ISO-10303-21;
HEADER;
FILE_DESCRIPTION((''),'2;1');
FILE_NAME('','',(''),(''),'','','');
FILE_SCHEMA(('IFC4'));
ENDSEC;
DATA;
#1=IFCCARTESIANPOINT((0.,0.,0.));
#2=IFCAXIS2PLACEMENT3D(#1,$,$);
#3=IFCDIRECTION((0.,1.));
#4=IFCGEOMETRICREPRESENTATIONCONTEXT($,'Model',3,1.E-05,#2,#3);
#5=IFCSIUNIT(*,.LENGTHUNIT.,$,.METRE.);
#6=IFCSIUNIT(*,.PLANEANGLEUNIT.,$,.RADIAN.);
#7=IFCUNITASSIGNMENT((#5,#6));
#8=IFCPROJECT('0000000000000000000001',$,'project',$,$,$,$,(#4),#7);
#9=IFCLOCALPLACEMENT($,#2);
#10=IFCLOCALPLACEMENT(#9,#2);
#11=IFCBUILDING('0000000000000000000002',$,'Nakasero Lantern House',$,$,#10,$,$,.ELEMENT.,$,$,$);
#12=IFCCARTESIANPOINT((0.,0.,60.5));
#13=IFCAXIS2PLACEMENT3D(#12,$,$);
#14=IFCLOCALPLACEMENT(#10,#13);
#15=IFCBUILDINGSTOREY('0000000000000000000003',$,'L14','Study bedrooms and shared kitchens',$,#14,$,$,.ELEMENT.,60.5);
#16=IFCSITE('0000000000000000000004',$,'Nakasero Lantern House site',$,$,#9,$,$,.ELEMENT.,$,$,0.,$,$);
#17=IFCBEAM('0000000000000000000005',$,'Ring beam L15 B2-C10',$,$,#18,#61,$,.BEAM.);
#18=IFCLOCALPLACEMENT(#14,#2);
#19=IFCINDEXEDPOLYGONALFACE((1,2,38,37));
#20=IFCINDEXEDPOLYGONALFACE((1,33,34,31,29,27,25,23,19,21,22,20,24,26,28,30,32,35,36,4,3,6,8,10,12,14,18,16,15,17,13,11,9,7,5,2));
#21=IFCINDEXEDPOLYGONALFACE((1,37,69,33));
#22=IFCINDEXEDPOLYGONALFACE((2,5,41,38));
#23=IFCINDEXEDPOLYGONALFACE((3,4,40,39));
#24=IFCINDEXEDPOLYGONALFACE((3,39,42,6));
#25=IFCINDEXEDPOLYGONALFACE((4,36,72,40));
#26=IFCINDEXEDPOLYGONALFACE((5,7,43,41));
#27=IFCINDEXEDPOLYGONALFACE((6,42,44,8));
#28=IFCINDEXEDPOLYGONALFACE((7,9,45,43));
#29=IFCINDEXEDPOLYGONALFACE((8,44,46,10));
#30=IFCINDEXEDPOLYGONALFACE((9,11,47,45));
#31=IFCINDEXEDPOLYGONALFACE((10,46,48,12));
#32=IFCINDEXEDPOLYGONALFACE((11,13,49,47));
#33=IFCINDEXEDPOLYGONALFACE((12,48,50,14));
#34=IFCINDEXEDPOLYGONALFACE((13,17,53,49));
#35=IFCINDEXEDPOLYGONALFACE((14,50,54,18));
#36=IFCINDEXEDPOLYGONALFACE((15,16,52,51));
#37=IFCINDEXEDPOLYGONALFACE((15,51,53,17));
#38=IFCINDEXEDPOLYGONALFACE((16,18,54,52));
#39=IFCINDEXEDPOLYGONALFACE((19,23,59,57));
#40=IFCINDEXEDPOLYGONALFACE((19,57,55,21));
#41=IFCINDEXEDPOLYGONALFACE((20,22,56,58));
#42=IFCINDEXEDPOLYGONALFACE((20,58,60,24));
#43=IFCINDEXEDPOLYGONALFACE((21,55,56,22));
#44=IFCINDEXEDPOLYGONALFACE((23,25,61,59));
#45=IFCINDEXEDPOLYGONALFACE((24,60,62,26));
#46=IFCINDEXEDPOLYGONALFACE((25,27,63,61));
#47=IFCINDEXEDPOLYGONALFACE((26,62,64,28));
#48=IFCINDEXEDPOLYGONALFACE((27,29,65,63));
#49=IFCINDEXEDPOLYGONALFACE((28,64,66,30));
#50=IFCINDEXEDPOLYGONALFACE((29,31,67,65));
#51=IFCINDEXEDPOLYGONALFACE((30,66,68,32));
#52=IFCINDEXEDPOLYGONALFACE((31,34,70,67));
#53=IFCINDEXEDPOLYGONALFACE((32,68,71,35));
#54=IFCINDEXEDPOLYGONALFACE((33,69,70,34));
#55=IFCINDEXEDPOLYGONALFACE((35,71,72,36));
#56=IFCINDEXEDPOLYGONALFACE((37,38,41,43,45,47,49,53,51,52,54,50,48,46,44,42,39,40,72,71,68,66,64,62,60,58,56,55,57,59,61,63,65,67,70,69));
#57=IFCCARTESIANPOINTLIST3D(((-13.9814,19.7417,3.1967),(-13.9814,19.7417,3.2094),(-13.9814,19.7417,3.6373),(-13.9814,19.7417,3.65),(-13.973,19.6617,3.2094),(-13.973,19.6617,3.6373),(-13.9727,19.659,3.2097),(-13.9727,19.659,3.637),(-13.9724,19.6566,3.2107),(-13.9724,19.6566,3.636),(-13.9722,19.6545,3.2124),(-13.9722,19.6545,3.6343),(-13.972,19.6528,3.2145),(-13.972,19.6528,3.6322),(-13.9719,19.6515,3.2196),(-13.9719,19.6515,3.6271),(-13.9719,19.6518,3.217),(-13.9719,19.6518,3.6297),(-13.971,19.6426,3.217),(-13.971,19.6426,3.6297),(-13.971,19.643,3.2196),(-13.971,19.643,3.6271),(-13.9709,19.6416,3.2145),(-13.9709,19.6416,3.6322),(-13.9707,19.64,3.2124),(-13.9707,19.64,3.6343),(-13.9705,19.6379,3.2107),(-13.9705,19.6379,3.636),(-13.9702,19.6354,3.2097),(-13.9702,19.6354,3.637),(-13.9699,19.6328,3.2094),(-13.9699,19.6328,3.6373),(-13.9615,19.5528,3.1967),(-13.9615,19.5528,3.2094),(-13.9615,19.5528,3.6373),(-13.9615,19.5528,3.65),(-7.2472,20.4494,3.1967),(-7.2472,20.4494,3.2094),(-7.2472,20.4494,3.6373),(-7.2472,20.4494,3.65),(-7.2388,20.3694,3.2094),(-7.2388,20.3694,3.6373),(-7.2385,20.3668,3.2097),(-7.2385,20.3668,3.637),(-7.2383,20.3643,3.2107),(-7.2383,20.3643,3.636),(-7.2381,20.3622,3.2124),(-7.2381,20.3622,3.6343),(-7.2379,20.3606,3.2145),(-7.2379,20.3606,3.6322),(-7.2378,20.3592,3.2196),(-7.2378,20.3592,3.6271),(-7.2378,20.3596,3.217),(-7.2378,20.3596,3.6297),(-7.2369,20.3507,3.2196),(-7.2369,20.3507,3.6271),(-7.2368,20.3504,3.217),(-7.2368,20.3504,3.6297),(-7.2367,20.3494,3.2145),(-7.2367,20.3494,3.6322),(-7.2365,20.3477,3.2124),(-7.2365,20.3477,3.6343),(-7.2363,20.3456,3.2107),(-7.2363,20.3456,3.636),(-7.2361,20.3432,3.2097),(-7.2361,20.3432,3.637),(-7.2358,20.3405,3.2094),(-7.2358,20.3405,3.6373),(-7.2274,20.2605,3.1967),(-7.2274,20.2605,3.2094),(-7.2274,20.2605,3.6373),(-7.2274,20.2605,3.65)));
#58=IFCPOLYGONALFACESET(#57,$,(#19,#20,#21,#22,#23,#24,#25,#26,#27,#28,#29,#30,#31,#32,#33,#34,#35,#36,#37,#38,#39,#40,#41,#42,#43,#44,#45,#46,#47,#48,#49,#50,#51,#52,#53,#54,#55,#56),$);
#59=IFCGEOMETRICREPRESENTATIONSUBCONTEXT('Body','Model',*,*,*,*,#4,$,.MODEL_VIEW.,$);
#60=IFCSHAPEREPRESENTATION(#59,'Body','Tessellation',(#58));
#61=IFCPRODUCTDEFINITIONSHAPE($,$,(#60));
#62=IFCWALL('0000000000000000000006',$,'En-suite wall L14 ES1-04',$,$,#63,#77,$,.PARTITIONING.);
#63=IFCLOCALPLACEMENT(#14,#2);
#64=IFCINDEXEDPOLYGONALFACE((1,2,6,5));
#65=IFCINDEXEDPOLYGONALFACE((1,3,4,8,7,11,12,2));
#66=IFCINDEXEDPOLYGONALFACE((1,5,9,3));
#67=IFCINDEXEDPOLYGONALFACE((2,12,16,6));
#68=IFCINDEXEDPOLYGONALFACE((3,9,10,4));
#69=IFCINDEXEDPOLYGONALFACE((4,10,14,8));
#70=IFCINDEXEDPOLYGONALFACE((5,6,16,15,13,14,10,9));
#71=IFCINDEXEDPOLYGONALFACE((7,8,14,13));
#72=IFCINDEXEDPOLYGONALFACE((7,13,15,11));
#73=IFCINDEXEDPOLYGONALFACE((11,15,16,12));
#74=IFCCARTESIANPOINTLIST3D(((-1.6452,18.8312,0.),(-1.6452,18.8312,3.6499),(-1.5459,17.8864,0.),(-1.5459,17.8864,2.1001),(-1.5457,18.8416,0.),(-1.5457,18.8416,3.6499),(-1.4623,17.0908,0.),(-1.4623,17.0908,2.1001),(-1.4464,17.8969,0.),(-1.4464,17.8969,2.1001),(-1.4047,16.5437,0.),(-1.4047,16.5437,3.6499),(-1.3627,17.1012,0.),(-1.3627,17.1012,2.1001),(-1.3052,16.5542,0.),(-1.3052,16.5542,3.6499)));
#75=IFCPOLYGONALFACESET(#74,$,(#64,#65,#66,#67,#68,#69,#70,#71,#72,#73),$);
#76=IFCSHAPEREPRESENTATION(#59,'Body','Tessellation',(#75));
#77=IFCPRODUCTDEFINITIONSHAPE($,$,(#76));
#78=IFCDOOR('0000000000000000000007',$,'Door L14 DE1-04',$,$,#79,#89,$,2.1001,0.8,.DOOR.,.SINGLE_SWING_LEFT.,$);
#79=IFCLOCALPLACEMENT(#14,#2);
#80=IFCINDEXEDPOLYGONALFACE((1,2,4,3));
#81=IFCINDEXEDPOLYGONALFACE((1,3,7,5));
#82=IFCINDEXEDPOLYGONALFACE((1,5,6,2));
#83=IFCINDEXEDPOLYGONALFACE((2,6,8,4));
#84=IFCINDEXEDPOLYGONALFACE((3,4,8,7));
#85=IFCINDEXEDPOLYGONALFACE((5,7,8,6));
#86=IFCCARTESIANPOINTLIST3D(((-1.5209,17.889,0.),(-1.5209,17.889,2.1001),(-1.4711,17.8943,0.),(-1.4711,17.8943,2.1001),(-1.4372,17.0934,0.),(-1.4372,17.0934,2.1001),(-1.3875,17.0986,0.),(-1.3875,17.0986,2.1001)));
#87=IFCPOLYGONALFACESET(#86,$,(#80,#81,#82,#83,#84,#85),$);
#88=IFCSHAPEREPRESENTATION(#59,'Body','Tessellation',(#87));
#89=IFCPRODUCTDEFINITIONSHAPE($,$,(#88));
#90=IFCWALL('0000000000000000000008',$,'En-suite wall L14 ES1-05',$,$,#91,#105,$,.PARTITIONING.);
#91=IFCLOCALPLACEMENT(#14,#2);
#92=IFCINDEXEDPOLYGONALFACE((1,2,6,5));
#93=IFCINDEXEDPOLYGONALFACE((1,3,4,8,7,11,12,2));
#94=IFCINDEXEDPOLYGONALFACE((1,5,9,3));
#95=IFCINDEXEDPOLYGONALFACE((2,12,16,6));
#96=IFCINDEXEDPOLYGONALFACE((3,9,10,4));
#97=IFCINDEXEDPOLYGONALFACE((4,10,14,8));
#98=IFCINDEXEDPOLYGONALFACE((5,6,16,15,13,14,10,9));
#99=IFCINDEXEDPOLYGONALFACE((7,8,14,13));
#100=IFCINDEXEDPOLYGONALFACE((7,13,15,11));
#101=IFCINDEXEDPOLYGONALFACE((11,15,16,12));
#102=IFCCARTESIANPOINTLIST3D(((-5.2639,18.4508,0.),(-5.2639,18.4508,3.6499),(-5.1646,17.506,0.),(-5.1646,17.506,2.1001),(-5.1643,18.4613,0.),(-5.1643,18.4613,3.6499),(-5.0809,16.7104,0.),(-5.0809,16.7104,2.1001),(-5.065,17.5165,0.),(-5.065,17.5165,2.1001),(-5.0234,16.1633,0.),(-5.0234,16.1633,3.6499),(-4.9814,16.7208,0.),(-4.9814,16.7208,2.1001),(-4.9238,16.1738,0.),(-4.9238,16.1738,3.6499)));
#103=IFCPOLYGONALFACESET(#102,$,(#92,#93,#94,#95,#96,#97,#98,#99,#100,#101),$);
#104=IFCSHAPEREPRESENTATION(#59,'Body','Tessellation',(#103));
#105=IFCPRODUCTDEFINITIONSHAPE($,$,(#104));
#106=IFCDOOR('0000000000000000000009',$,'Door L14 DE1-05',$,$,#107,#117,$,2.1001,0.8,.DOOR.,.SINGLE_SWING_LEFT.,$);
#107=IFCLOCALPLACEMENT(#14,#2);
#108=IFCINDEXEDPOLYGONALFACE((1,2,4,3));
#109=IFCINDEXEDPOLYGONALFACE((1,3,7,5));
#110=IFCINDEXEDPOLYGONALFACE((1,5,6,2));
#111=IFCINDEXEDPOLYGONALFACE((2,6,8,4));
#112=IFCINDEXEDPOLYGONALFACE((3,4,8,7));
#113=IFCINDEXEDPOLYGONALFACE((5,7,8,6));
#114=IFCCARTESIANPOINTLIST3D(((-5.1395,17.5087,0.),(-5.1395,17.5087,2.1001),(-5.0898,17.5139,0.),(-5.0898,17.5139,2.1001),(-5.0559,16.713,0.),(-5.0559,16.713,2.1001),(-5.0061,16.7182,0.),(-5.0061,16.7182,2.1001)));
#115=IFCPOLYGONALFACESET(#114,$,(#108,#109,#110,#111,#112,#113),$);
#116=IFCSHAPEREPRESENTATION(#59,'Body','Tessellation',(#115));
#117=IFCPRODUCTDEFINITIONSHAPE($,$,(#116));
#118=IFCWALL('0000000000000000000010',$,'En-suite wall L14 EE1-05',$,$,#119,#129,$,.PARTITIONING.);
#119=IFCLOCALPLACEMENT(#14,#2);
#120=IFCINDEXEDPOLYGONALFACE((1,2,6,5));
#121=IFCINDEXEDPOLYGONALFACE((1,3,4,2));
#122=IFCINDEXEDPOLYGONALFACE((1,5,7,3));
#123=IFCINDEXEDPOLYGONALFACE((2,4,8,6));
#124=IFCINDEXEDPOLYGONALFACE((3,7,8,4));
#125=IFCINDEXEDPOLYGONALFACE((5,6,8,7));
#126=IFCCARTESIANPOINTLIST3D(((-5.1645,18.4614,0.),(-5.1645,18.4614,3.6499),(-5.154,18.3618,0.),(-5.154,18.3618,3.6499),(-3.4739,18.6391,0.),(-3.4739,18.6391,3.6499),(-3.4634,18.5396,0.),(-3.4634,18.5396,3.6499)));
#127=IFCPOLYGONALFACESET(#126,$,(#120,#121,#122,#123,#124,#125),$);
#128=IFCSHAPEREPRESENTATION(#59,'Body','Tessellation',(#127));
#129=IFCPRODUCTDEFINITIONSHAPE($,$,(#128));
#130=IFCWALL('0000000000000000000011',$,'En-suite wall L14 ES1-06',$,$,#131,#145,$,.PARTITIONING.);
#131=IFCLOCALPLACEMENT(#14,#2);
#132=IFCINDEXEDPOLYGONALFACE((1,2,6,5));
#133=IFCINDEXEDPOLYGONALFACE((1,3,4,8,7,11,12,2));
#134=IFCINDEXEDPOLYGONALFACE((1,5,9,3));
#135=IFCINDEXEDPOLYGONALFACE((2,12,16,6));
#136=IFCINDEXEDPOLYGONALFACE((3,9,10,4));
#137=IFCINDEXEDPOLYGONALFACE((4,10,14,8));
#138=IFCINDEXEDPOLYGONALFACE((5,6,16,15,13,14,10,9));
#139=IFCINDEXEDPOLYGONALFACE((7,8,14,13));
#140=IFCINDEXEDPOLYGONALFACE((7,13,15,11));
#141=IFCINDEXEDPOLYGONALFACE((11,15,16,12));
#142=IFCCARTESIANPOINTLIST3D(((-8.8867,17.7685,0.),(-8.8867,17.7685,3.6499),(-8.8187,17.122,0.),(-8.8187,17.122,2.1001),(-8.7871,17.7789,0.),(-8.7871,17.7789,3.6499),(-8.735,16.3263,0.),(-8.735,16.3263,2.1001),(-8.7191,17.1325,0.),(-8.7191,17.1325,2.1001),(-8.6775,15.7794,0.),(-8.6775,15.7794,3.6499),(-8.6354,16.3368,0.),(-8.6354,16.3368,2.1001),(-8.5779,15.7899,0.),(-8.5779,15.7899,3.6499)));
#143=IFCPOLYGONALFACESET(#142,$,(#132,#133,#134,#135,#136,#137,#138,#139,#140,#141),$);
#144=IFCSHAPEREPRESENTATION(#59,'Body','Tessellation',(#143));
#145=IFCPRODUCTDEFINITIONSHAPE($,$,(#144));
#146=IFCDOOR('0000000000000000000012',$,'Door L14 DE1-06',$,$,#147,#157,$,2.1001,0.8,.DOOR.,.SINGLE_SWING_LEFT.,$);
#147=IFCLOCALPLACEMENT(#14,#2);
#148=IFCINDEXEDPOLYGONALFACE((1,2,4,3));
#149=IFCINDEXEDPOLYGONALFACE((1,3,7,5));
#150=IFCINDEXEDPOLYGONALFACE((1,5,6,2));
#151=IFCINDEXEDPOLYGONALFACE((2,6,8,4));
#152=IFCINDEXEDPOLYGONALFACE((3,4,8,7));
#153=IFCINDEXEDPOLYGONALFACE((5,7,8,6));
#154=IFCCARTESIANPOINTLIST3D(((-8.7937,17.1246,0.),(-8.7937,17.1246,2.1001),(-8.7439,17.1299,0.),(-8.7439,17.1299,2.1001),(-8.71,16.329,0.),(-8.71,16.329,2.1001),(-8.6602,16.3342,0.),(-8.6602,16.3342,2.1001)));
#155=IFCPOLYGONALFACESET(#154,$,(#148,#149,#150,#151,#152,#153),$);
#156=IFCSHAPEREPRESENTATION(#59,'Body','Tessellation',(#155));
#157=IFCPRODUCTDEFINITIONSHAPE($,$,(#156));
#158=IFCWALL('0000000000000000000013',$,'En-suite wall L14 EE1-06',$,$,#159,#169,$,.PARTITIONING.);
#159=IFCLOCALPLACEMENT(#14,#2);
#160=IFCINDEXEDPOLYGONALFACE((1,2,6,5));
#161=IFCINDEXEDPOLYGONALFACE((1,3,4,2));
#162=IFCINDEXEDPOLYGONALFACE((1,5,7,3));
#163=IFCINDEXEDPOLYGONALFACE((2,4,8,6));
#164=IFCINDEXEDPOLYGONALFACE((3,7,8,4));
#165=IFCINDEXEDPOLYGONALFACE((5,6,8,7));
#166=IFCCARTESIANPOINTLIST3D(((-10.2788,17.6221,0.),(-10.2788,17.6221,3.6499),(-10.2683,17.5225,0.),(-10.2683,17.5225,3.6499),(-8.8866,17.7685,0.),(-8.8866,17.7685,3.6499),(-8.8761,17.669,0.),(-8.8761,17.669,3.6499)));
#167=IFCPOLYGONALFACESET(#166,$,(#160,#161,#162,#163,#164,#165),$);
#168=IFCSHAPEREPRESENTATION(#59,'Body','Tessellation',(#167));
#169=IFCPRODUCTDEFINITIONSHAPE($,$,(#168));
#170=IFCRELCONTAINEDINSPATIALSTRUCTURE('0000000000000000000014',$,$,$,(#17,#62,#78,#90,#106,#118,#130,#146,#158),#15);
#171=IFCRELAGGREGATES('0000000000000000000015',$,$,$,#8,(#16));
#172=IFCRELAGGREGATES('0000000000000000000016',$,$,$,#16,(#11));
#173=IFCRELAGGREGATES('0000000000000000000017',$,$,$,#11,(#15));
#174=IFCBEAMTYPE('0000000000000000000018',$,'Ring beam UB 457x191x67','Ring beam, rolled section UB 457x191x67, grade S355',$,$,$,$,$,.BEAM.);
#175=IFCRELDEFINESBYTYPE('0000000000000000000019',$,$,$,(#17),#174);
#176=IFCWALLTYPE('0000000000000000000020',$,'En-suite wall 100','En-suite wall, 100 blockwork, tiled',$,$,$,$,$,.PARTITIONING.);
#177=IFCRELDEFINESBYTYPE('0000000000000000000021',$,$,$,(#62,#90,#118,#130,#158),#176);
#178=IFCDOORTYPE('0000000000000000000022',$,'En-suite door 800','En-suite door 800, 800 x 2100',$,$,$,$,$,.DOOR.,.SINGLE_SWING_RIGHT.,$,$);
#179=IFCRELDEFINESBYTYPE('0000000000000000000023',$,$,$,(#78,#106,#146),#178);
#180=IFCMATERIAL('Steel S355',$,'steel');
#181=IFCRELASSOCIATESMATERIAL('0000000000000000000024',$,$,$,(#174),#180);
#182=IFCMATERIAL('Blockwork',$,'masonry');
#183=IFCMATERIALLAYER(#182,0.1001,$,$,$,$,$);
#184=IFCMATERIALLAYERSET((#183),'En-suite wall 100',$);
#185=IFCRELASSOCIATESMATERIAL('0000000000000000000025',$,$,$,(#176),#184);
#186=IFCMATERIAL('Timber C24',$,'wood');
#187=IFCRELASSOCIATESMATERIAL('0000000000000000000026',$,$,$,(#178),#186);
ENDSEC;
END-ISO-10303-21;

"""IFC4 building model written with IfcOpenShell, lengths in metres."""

from ifc_helpers import new_model, si_unit, direction, frame, frame_2d, origin, origin_2d, place, context, subcontext, project, spatial, rectangle, i_section, extrude, material, layer, layer_set, material_profile, profile_set, type_object, element, fill, save


model = new_model("IFC4")

# Units and contexts
model_context = context("Model", 3, precision=1e-05, world=origin(), true_north=direction((0.0, 1.0)))
body_context = subcontext(model_context, "Body", "Model", "MODEL_VIEW")
ifc_project = project(units=[si_unit("LENGTHUNIT", "METRE"), si_unit("PLANEANGLEUNIT", "RADIAN")], contexts=[model_context])

# Site, building, storey
site_placement = place(None, origin())
site = spatial("IfcSite", under=ifc_project, at=site_placement, Name="Nakasero Lantern House site", CompositionType="ELEMENT", RefElevation=0.0)
building_placement = place(site_placement, origin())
building = spatial("IfcBuilding", under=site, at=building_placement, Name="Nakasero Lantern House", CompositionType="ELEMENT")
storey_placement = place(building_placement, frame((0.0, 0.0, 60.5)))
storey = spatial("IfcBuildingStorey", under=building, at=storey_placement, Name="L14", Description="Study bedrooms and shared kitchens", CompositionType="ELEMENT", Elevation=60.5)

# Beam
ifc_material_1 = material(Name="Steel S355", Category="steel")
ifc_material_profile_1 = material_profile(ifc_material_1, i_section(OverallWidth=0.1899, OverallDepth=0.4534, WebThickness=0.0085, FlangeThickness=0.0127, FilletRadius=0.0103, at=origin_2d()), Name="UB 457x191x67")
ifc_profile_set_1 = profile_set([ifc_material_profile_1], Name="Steel S355")
beam_type_1 = type_object("IfcBeamType", Name="Ring beam UB 457x191x67", Description="Ring beam, rolled section UB 457x191x67, grade S355", PredefinedType="BEAM", material=ifc_profile_set_1)
beam_1_placement = place(storey_placement, frame((-7.2373, 20.355, 3.4233), z_axis=(-0.994522, -0.104525, 0.0), x_axis=(0.104525, -0.994522, 0.0)))
element("IfcBeam", 1, at=beam_1_placement, inside=storey, type_object=beam_type_1, Name="Ring beam L15 B2-C10", PredefinedType="BEAM", context=body_context, shape_type="SweptSolid", body=[
    extrude(i_section(OverallWidth=0.1899, OverallDepth=0.4534, WebThickness=0.0085, FlangeThickness=0.0127, FilletRadius=0.0103, at=origin_2d()), origin(), (0.0, 0.0, 1.0), 6.7712),
])

# Walls, openings, doors
ifc_material_2 = material(Name="Blockwork", Category="masonry")
ifc_layer_1 = layer(ifc_material_2, 0.1001)
ifc_layer_set_1 = layer_set([ifc_layer_1], Name="En-suite wall 100")
wall_type_1 = type_object("IfcWallType", Name="En-suite wall 100", Description="En-suite wall, 100 blockwork, tiled", PredefinedType="PARTITIONING", material=ifc_layer_set_1)
wall_1_placement = place(storey_placement, frame((-1.355, 16.5491, 0.0), z_axis=(0.0, 0.0, 1.0), x_axis=(-0.104558, 0.994519, 0.0)))
wall_1 = element("IfcWall", 2, at=wall_1_placement, inside=storey, type_object=wall_type_1, Name="En-suite wall L14 ES1-04", PredefinedType="PARTITIONING", context=body_context, shape_type="SweptSolid", body=[
    extrude(rectangle(XDim=2.3, YDim=0.1001, at=frame_2d((1.1499, 0.0))), origin(), (0.0, 0.0, 1.0), 3.6499),
])
opening_1_placement = place(wall_1_placement, frame((0.55, 0.0, 0.0)))
opening_1 = element("IfcOpeningElement", 3, at=opening_1_placement, cuts=wall_1, PredefinedType="OPENING", context=body_context, shape_type="SweptSolid", body=[
    extrude(rectangle(XDim=0.8, YDim=2.1001, at=frame_2d((0.3999, 1.05))), frame((0.0, 0.0701, 0.0), z_axis=(0.0, -1.0, 0.0), x_axis=(1.0, 0.0, 0.0)), (0.0, 0.0, 1.0), 0.1401),
])
ifc_material_3 = material(Name="Timber C24", Category="wood")
door_type_1 = type_object("IfcDoorType", Name="En-suite door 800", Description="En-suite door 800, 800 x 2100", OperationType="SINGLE_SWING_RIGHT", PredefinedType="DOOR", material=ifc_material_3)
door_1_placement = place(opening_1_placement, origin())
door_1 = element("IfcDoor", 4, at=door_1_placement, inside=storey, type_object=door_type_1, Name="Door L14 DE1-04", OperationType="SINGLE_SWING_LEFT", OverallHeight=2.1001, OverallWidth=0.8, PredefinedType="DOOR", context=body_context, shape_type="SweptSolid", body=[
    extrude(rectangle(XDim=0.8, YDim=2.1001, at=frame_2d((0.3999, 1.05))), frame((0.0, 0.0249, 0.0), z_axis=(0.0, -1.0, 0.0), x_axis=(1.0, 0.0, 0.0)), (0.0, 0.0, 1.0), 0.05),
])
fill(opening_1, door_1)
wall_2_placement = place(storey_placement, frame((-4.9736, 16.1687, 0.0), z_axis=(0.0, 0.0, 1.0), x_axis=(-0.104558, 0.994519, 0.0)))
wall_2 = element("IfcWall", 5, at=wall_2_placement, inside=storey, type_object=wall_type_1, Name="En-suite wall L14 ES1-05", PredefinedType="PARTITIONING", context=body_context, shape_type="SweptSolid", body=[
    extrude(rectangle(XDim=2.3, YDim=0.1001, at=frame_2d((1.1499, 0.0))), origin(), (0.0, 0.0, 1.0), 3.6499),
])
opening_2_placement = place(wall_2_placement, frame((0.55, 0.0, 0.0)))
opening_2 = element("IfcOpeningElement", 6, at=opening_2_placement, cuts=wall_2, PredefinedType="OPENING", context=body_context, shape_type="SweptSolid", body=[
    extrude(rectangle(XDim=0.8, YDim=2.1001, at=frame_2d((0.3999, 1.05))), frame((0.0, 0.0701, 0.0), z_axis=(0.0, -1.0, 0.0), x_axis=(1.0, 0.0, 0.0)), (0.0, 0.0, 1.0), 0.1401),
])
door_2_placement = place(opening_2_placement, origin())
door_2 = element("IfcDoor", 7, at=door_2_placement, inside=storey, type_object=door_type_1, Name="Door L14 DE1-05", OperationType="SINGLE_SWING_LEFT", OverallHeight=2.1001, OverallWidth=0.8, PredefinedType="DOOR", context=body_context, shape_type="SweptSolid", body=[
    extrude(rectangle(XDim=0.8, YDim=2.1001, at=frame_2d((0.3999, 1.05))), frame((0.0, 0.0249, 0.0), z_axis=(0.0, -1.0, 0.0), x_axis=(1.0, 0.0, 0.0)), (0.0, 0.0, 1.0), 0.05),
])
fill(opening_2, door_2)

# Wall
wall_3_placement = place(storey_placement, frame((-3.4685, 18.5894, 0.0), z_axis=(0.0, 0.0, 1.0), x_axis=(-0.99452, -0.10455, 0.0)))
element("IfcWall", 8, at=wall_3_placement, inside=storey, type_object=wall_type_1, Name="En-suite wall L14 EE1-05", PredefinedType="PARTITIONING", context=body_context, shape_type="SweptSolid", body=[
    extrude(rectangle(XDim=1.7, YDim=0.1001, at=frame_2d((0.8501, 0.0))), origin(), (0.0, 0.0, 1.0), 3.6499),
])

# Wall, opening, door
wall_4_placement = place(storey_placement, frame((-8.6277, 15.7847, 0.0), z_axis=(0.0, 0.0, 1.0), x_axis=(-0.104615, 0.994513, 0.0)))
wall_4 = element("IfcWall", 9, at=wall_4_placement, inside=storey, type_object=wall_type_1, Name="En-suite wall L14 ES1-06", PredefinedType="PARTITIONING", context=body_context, shape_type="SweptSolid", body=[
    extrude(rectangle(XDim=2.0, YDim=0.1001, at=frame_2d((1.0, 0.0))), origin(), (0.0, 0.0, 1.0), 3.6499),
])
opening_3_placement = place(wall_4_placement, frame((0.55, 0.0, 0.0)))
opening_3 = element("IfcOpeningElement", 10, at=opening_3_placement, cuts=wall_4, PredefinedType="OPENING", context=body_context, shape_type="SweptSolid", body=[
    extrude(rectangle(XDim=0.8, YDim=2.1001, at=frame_2d((0.3999, 1.05))), frame((0.0, 0.0701, 0.0), z_axis=(0.0, -1.0, 0.0), x_axis=(1.0, 0.0, 0.0)), (0.0, 0.0, 1.0), 0.1401),
])
door_3_placement = place(opening_3_placement, origin())
door_3 = element("IfcDoor", 11, at=door_3_placement, inside=storey, type_object=door_type_1, Name="Door L14 DE1-06", OperationType="SINGLE_SWING_LEFT", OverallHeight=2.1001, OverallWidth=0.8, PredefinedType="DOOR", context=body_context, shape_type="SweptSolid", body=[
    extrude(rectangle(XDim=0.8, YDim=2.1001, at=frame_2d((0.3999, 1.05))), frame((0.0, 0.0249, 0.0), z_axis=(0.0, -1.0, 0.0), x_axis=(1.0, 0.0, 0.0)), (0.0, 0.0, 1.0), 0.05),
])
fill(opening_3, door_3)

# Wall
wall_5_placement = place(storey_placement, frame((-8.8813, 17.7188, 0.0), z_axis=(0.0, 0.0, 1.0), x_axis=(-0.994511, -0.10463, 0.0)))
element("IfcWall", 12, at=wall_5_placement, inside=storey, type_object=wall_type_1, Name="En-suite wall L14 EE1-06", PredefinedType="PARTITIONING", context=body_context, shape_type="SweptSolid", body=[
    extrude(rectangle(XDim=1.3999, YDim=0.1001, at=frame_2d((0.7, 0.0))), origin(), (0.0, 0.0, 1.0), 3.6499),
])

save(model, "model.ifc")
